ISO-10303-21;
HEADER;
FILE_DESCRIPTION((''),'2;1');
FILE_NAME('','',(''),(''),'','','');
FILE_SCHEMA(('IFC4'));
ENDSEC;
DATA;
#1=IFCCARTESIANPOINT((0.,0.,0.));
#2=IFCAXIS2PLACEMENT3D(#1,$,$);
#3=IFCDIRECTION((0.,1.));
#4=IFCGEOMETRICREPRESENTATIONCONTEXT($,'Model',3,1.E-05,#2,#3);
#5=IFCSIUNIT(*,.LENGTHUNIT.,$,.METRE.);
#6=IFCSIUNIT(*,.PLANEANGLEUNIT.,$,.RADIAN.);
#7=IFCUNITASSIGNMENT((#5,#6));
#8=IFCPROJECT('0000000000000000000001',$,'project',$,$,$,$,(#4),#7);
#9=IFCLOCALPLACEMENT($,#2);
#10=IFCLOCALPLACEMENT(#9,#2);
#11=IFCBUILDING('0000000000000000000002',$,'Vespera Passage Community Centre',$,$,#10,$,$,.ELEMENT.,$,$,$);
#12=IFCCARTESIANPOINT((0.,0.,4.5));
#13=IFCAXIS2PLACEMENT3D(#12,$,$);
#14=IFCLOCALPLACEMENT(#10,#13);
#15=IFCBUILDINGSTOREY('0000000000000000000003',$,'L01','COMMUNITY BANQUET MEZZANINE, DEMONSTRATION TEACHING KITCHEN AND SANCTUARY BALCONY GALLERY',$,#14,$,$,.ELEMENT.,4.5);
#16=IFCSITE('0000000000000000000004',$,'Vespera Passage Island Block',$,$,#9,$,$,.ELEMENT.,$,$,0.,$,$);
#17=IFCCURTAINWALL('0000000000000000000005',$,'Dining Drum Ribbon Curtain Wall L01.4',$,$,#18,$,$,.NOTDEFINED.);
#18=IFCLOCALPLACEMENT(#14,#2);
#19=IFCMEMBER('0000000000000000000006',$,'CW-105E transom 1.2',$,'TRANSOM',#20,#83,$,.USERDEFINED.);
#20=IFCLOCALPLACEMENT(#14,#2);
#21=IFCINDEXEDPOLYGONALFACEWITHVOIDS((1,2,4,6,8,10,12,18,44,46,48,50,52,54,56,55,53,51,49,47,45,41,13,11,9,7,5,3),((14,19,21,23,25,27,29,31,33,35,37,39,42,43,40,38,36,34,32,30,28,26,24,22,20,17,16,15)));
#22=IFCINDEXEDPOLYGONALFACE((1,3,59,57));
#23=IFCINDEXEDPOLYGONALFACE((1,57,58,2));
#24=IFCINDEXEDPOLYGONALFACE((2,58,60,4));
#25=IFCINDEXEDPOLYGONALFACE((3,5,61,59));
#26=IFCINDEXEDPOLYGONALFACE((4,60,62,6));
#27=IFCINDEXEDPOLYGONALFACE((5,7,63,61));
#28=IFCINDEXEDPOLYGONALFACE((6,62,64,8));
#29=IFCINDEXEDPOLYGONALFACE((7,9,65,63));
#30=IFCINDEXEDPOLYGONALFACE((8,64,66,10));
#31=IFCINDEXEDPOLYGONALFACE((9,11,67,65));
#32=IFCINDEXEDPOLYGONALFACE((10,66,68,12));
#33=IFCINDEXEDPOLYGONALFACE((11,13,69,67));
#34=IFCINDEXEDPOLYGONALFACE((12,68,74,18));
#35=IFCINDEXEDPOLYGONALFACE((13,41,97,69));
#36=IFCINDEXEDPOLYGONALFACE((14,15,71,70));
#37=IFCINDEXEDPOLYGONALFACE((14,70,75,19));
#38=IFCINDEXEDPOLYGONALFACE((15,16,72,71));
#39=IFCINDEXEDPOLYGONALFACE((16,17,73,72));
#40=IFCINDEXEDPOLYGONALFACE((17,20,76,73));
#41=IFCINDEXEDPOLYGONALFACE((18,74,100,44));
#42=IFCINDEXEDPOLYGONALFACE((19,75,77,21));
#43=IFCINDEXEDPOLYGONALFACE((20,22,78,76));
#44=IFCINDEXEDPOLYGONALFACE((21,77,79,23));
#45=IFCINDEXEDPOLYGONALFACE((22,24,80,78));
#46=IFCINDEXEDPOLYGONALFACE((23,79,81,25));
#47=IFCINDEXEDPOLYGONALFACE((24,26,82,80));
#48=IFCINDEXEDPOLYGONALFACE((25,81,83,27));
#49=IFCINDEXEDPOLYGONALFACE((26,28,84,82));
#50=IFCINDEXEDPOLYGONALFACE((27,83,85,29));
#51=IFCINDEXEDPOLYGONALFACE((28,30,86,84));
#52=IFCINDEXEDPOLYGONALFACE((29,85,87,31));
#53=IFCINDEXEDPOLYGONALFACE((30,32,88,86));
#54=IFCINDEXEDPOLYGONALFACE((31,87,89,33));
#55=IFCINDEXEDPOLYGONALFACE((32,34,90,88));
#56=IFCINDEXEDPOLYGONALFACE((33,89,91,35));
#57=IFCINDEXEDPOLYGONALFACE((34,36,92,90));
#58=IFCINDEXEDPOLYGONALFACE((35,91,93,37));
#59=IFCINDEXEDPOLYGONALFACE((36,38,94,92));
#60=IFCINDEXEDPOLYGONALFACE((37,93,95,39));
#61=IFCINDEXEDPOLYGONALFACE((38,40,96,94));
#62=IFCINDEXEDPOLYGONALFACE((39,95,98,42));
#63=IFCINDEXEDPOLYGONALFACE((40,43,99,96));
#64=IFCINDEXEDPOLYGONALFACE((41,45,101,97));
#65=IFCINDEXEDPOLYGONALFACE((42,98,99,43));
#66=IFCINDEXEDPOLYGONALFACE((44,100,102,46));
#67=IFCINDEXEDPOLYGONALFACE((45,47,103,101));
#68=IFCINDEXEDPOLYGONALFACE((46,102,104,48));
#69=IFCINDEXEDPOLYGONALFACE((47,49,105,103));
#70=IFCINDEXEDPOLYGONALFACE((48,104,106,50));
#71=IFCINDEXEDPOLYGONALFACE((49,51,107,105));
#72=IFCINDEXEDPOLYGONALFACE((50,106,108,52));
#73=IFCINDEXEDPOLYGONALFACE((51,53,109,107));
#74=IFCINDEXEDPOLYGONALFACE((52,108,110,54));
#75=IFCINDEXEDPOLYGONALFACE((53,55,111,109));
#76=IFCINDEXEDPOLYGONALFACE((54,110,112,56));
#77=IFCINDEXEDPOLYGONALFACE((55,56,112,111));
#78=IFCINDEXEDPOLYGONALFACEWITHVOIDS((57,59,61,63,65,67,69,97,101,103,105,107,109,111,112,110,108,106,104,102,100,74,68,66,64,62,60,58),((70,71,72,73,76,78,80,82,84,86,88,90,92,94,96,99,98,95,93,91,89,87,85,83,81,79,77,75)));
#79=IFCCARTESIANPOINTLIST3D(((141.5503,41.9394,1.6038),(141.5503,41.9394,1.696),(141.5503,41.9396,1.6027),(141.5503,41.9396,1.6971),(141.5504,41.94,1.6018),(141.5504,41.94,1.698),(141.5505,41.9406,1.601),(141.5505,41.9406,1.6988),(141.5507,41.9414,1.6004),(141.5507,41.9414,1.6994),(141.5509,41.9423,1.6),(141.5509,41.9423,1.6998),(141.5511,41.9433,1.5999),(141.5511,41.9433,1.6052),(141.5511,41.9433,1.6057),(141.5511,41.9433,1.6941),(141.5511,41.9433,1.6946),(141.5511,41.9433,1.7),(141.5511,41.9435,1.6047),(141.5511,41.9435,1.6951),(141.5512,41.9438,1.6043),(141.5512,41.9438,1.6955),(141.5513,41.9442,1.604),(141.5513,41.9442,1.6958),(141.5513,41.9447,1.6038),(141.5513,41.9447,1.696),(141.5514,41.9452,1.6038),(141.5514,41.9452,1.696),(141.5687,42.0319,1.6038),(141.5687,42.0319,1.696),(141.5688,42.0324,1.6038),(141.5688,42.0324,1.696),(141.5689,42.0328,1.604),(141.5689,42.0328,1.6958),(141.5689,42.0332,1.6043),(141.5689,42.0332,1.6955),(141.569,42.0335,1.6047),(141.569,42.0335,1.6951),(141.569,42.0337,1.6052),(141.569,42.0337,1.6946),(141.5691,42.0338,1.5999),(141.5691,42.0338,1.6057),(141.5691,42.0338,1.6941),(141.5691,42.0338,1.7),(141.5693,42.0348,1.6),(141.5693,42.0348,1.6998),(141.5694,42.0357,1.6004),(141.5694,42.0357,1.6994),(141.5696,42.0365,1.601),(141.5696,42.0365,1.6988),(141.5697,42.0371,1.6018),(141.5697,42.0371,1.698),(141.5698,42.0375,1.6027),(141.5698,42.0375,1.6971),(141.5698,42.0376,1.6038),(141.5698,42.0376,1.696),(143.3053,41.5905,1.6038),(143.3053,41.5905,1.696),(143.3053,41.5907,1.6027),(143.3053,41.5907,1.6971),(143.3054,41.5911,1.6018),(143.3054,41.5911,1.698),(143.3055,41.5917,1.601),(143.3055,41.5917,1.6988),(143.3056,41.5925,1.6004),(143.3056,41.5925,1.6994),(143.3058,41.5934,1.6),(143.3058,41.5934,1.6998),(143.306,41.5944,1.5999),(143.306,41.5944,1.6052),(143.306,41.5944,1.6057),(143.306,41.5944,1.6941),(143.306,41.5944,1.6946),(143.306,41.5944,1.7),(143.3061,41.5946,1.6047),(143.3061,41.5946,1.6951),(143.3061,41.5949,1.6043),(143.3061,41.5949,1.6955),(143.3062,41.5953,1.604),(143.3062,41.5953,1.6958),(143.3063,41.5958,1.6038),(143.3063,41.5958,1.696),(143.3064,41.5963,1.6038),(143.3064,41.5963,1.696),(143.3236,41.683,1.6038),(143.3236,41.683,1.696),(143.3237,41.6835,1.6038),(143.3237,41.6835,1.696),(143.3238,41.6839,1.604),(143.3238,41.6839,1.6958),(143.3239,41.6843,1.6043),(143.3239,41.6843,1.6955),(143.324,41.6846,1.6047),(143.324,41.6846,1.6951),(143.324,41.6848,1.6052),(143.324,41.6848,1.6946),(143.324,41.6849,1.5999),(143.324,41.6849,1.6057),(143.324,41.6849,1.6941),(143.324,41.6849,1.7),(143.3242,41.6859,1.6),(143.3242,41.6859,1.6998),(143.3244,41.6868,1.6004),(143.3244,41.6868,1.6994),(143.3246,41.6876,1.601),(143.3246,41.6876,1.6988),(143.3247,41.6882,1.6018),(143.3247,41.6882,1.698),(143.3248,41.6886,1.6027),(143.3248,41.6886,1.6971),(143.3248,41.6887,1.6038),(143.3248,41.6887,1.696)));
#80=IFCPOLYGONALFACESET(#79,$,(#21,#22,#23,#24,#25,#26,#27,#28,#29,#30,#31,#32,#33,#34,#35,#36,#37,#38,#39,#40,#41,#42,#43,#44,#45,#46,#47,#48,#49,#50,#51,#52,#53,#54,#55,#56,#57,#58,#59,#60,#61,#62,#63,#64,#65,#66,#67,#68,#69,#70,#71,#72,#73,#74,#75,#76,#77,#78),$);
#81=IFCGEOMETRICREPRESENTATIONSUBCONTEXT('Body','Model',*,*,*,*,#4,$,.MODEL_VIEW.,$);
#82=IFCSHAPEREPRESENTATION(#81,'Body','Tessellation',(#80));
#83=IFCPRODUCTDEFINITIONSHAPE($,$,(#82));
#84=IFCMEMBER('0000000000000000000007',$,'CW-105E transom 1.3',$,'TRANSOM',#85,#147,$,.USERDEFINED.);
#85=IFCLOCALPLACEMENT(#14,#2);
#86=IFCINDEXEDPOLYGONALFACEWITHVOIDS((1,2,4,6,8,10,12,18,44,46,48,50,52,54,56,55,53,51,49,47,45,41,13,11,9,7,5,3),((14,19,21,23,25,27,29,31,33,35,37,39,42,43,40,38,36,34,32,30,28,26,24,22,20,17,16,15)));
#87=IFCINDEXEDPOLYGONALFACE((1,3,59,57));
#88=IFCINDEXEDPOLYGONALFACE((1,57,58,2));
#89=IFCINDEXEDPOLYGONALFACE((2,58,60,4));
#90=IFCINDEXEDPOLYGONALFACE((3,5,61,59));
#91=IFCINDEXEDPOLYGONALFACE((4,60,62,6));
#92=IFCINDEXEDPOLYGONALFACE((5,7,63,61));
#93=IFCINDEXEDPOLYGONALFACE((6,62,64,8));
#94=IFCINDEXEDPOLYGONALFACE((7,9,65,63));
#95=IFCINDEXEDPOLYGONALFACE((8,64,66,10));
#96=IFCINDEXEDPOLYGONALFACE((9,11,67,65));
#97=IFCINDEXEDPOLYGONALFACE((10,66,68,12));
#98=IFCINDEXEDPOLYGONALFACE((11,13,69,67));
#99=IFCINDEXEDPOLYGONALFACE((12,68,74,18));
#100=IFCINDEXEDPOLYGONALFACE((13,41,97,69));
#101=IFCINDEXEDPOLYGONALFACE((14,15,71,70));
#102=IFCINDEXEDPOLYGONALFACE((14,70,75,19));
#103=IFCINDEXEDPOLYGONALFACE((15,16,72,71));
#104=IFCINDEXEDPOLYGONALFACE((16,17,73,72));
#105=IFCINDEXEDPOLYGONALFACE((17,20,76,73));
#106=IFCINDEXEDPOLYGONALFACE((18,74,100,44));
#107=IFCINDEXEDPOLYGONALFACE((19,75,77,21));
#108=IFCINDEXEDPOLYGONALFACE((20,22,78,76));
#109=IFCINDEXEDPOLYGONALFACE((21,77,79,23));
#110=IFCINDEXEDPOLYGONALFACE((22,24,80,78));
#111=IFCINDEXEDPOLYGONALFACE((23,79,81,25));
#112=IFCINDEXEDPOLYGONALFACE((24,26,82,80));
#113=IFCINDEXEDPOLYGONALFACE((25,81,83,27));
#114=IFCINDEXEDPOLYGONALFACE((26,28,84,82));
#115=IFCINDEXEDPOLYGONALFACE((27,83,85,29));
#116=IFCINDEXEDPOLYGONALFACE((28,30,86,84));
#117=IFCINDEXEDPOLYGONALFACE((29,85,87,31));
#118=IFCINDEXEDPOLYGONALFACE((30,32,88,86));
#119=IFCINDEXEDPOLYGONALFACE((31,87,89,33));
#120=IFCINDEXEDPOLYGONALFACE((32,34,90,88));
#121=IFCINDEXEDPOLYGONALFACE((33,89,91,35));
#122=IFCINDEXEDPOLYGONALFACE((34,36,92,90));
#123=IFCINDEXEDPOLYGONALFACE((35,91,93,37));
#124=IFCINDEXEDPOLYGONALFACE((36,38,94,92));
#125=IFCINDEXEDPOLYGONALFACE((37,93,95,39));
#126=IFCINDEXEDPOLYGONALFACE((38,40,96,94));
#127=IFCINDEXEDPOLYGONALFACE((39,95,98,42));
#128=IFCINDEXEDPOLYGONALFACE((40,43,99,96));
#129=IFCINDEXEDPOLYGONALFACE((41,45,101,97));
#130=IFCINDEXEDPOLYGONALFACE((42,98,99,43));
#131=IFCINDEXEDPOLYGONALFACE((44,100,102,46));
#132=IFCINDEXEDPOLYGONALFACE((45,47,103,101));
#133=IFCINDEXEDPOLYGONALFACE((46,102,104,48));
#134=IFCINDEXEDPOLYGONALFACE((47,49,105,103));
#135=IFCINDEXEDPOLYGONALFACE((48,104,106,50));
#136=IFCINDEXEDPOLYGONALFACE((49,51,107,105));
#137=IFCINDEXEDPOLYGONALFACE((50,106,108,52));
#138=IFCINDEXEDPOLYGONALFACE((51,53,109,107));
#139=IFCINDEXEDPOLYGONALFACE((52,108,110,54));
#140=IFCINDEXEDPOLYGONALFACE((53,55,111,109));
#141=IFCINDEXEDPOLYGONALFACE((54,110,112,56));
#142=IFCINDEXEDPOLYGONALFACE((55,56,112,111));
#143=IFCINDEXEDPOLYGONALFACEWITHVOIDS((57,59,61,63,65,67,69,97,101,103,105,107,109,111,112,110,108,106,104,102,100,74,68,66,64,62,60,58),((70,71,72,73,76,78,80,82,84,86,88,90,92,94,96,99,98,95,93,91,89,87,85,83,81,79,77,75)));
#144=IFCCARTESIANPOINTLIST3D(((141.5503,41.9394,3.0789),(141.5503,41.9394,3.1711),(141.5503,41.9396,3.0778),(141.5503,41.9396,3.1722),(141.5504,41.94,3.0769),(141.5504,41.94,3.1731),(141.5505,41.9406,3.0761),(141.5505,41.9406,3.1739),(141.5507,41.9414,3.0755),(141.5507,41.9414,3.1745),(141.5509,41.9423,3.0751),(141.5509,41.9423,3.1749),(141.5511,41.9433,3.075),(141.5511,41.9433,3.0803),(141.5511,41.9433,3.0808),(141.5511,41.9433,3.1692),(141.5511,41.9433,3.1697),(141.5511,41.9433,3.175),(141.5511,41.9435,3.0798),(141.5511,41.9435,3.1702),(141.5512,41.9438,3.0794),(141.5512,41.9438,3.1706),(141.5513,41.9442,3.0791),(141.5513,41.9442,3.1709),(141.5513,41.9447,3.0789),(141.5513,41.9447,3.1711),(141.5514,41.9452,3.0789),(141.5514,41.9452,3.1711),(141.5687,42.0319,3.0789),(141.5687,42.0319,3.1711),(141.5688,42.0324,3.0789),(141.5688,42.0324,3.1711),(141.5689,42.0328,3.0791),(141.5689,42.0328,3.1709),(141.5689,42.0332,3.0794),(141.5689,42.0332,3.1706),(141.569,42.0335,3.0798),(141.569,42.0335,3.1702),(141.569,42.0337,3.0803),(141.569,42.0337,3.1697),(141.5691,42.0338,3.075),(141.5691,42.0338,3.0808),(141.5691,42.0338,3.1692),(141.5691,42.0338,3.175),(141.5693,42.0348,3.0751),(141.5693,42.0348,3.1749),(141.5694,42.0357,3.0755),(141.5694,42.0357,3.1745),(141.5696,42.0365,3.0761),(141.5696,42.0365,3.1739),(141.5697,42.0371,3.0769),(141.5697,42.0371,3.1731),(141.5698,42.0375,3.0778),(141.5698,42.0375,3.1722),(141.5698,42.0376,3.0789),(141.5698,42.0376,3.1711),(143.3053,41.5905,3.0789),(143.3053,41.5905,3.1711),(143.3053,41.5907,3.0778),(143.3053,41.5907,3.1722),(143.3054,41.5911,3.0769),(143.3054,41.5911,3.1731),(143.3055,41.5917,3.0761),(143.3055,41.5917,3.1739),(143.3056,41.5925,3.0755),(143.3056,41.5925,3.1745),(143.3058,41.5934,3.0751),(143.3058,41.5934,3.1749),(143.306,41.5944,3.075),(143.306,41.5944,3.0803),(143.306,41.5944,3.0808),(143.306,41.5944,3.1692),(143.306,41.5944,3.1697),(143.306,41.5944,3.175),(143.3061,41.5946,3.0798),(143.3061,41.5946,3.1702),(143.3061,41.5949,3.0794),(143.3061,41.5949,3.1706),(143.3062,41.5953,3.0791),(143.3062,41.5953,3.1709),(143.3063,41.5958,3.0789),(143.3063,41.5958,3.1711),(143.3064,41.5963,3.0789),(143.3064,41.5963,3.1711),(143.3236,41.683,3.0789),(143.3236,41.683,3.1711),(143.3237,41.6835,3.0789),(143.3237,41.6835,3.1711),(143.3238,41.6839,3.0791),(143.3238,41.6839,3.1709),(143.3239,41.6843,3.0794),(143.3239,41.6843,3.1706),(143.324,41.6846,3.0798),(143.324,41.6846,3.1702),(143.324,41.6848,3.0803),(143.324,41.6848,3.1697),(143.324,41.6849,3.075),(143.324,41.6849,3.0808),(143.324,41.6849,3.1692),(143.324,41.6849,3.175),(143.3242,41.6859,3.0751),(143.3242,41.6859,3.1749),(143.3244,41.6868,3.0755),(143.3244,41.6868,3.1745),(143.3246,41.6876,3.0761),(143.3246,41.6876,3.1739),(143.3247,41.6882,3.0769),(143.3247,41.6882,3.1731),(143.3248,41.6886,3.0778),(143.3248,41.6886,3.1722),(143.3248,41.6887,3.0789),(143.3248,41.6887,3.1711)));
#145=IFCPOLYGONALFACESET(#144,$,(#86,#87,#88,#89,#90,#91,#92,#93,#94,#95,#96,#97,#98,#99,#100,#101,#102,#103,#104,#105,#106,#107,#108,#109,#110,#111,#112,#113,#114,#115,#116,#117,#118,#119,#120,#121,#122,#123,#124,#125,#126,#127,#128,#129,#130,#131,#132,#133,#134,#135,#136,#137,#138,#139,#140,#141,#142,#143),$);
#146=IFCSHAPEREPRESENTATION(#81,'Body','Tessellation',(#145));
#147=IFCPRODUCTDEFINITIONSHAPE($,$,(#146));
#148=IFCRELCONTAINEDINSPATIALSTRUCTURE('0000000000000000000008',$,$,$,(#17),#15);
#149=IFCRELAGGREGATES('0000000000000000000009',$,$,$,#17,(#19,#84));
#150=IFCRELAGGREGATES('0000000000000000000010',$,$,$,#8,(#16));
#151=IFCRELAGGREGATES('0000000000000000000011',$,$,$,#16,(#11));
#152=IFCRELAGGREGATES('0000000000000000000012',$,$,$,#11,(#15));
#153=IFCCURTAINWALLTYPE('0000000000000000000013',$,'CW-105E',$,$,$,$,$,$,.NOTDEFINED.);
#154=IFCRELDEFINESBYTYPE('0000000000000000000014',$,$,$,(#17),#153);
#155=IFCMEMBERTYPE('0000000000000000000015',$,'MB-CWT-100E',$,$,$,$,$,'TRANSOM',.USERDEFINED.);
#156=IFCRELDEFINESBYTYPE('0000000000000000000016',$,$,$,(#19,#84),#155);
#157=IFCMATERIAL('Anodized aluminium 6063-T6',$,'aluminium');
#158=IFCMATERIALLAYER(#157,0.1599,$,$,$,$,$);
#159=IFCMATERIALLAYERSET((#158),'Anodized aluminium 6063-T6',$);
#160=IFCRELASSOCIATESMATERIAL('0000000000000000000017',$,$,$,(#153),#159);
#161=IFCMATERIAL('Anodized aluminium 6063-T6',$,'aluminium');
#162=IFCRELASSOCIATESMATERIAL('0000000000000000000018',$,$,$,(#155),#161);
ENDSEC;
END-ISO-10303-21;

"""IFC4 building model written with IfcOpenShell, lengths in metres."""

from ifc_helpers import new_model, si_unit, direction, frame, origin, origin_2d, place, context, subcontext, project, spatial, hollow_rectangle, extrude, material, layer, layer_set, material_profile, profile_set, type_object, element, aggregate, save


model = new_model("IFC4")

# Units and contexts
model_context = context("Model", 3, precision=1e-05, world=origin(), true_north=direction((0.0, 1.0)))
body_context = subcontext(model_context, "Body", "Model", "MODEL_VIEW")
ifc_project = project(units=[si_unit("LENGTHUNIT", "METRE"), si_unit("PLANEANGLEUNIT", "RADIAN")], contexts=[model_context])

# Site, building, storey
site_placement = place(None, origin())
site = spatial("IfcSite", under=ifc_project, at=site_placement, Name="Vespera Passage Island Block", CompositionType="ELEMENT", RefElevation=0.0)
building_placement = place(site_placement, origin())
building = spatial("IfcBuilding", under=site, at=building_placement, Name="Vespera Passage Community Centre", CompositionType="ELEMENT")
storey_placement = place(building_placement, frame((0.0, 0.0, 4.5)))
storey = spatial("IfcBuildingStorey", under=building, at=storey_placement, Name="L01", Description="COMMUNITY BANQUET MEZZANINE, DEMONSTRATION TEACHING KITCHEN AND SANCTUARY BALCONY GALLERY", CompositionType="ELEMENT", Elevation=4.5)

# Curtain wall
ifc_material_1 = material(Name="Anodized aluminium 6063-T6", Category="aluminium")
ifc_layer_1 = layer(ifc_material_1, 0.1599)
ifc_layer_set_1 = layer_set([ifc_layer_1], Name="Anodized aluminium 6063-T6")
curtain_wall_type = type_object("IfcCurtainWallType", Name="CW-105E", PredefinedType="NOTDEFINED", material=ifc_layer_set_1)
curtain_wall_1_placement = place(storey_placement, origin())
curtain_wall_1 = element("IfcCurtainWall", 1, at=curtain_wall_1_placement, inside=storey, type_object=curtain_wall_type, Name="Dining Drum Ribbon Curtain Wall L01.4", PredefinedType="NOTDEFINED")

# Members
ifc_material_2 = material(Name="Anodized aluminium 6063-T6", Category="aluminium")
ifc_material_profile_1 = material_profile(ifc_material_2, hollow_rectangle(XDim=0.1001, YDim=0.1001, WallThickness=0.0039, InnerFilletRadius=0.002, OuterFilletRadius=0.0039, at=origin_2d()), Name="ALU100X100X4")
ifc_profile_set_1 = profile_set([ifc_material_profile_1], Name="Anodized aluminium 6063-T6")
member_type_1 = type_object("IfcMemberType", Name="MB-CWT-100E", ElementType="TRANSOM", PredefinedType="USERDEFINED", material=ifc_profile_set_1)
member_1_placement = place(storey_placement, frame((141.5601, 41.9885, 1.6499), z_axis=(0.980806, -0.194988, 0.0), x_axis=(0.194988, 0.980806, 0.0)))
member_1 = element("IfcMember", 2, at=member_1_placement, type_object=member_type_1, Name="CW-105E transom 1.2", ObjectType="TRANSOM", PredefinedType="USERDEFINED", context=body_context, shape_type="SweptSolid", body=[
    extrude(hollow_rectangle(XDim=0.1001, YDim=0.1001, WallThickness=0.0039, InnerFilletRadius=0.002, OuterFilletRadius=0.0039, at=origin_2d()), origin(), (0.0, 0.0, 1.0), 1.7893),
])
member_2_placement = place(storey_placement, frame((141.5601, 41.9885, 3.125), z_axis=(0.980806, -0.194988, 0.0), x_axis=(0.194988, 0.980806, 0.0)))
member_2 = element("IfcMember", 3, at=member_2_placement, type_object=member_type_1, Name="CW-105E transom 1.3", ObjectType="TRANSOM", PredefinedType="USERDEFINED", context=body_context, shape_type="SweptSolid", body=[
    extrude(hollow_rectangle(XDim=0.1001, YDim=0.1001, WallThickness=0.0039, InnerFilletRadius=0.002, OuterFilletRadius=0.0039, at=origin_2d()), origin(), (0.0, 0.0, 1.0), 1.7893),
])

aggregate(curtain_wall_1, [member_1, member_2])

save(model, "model.ifc")
